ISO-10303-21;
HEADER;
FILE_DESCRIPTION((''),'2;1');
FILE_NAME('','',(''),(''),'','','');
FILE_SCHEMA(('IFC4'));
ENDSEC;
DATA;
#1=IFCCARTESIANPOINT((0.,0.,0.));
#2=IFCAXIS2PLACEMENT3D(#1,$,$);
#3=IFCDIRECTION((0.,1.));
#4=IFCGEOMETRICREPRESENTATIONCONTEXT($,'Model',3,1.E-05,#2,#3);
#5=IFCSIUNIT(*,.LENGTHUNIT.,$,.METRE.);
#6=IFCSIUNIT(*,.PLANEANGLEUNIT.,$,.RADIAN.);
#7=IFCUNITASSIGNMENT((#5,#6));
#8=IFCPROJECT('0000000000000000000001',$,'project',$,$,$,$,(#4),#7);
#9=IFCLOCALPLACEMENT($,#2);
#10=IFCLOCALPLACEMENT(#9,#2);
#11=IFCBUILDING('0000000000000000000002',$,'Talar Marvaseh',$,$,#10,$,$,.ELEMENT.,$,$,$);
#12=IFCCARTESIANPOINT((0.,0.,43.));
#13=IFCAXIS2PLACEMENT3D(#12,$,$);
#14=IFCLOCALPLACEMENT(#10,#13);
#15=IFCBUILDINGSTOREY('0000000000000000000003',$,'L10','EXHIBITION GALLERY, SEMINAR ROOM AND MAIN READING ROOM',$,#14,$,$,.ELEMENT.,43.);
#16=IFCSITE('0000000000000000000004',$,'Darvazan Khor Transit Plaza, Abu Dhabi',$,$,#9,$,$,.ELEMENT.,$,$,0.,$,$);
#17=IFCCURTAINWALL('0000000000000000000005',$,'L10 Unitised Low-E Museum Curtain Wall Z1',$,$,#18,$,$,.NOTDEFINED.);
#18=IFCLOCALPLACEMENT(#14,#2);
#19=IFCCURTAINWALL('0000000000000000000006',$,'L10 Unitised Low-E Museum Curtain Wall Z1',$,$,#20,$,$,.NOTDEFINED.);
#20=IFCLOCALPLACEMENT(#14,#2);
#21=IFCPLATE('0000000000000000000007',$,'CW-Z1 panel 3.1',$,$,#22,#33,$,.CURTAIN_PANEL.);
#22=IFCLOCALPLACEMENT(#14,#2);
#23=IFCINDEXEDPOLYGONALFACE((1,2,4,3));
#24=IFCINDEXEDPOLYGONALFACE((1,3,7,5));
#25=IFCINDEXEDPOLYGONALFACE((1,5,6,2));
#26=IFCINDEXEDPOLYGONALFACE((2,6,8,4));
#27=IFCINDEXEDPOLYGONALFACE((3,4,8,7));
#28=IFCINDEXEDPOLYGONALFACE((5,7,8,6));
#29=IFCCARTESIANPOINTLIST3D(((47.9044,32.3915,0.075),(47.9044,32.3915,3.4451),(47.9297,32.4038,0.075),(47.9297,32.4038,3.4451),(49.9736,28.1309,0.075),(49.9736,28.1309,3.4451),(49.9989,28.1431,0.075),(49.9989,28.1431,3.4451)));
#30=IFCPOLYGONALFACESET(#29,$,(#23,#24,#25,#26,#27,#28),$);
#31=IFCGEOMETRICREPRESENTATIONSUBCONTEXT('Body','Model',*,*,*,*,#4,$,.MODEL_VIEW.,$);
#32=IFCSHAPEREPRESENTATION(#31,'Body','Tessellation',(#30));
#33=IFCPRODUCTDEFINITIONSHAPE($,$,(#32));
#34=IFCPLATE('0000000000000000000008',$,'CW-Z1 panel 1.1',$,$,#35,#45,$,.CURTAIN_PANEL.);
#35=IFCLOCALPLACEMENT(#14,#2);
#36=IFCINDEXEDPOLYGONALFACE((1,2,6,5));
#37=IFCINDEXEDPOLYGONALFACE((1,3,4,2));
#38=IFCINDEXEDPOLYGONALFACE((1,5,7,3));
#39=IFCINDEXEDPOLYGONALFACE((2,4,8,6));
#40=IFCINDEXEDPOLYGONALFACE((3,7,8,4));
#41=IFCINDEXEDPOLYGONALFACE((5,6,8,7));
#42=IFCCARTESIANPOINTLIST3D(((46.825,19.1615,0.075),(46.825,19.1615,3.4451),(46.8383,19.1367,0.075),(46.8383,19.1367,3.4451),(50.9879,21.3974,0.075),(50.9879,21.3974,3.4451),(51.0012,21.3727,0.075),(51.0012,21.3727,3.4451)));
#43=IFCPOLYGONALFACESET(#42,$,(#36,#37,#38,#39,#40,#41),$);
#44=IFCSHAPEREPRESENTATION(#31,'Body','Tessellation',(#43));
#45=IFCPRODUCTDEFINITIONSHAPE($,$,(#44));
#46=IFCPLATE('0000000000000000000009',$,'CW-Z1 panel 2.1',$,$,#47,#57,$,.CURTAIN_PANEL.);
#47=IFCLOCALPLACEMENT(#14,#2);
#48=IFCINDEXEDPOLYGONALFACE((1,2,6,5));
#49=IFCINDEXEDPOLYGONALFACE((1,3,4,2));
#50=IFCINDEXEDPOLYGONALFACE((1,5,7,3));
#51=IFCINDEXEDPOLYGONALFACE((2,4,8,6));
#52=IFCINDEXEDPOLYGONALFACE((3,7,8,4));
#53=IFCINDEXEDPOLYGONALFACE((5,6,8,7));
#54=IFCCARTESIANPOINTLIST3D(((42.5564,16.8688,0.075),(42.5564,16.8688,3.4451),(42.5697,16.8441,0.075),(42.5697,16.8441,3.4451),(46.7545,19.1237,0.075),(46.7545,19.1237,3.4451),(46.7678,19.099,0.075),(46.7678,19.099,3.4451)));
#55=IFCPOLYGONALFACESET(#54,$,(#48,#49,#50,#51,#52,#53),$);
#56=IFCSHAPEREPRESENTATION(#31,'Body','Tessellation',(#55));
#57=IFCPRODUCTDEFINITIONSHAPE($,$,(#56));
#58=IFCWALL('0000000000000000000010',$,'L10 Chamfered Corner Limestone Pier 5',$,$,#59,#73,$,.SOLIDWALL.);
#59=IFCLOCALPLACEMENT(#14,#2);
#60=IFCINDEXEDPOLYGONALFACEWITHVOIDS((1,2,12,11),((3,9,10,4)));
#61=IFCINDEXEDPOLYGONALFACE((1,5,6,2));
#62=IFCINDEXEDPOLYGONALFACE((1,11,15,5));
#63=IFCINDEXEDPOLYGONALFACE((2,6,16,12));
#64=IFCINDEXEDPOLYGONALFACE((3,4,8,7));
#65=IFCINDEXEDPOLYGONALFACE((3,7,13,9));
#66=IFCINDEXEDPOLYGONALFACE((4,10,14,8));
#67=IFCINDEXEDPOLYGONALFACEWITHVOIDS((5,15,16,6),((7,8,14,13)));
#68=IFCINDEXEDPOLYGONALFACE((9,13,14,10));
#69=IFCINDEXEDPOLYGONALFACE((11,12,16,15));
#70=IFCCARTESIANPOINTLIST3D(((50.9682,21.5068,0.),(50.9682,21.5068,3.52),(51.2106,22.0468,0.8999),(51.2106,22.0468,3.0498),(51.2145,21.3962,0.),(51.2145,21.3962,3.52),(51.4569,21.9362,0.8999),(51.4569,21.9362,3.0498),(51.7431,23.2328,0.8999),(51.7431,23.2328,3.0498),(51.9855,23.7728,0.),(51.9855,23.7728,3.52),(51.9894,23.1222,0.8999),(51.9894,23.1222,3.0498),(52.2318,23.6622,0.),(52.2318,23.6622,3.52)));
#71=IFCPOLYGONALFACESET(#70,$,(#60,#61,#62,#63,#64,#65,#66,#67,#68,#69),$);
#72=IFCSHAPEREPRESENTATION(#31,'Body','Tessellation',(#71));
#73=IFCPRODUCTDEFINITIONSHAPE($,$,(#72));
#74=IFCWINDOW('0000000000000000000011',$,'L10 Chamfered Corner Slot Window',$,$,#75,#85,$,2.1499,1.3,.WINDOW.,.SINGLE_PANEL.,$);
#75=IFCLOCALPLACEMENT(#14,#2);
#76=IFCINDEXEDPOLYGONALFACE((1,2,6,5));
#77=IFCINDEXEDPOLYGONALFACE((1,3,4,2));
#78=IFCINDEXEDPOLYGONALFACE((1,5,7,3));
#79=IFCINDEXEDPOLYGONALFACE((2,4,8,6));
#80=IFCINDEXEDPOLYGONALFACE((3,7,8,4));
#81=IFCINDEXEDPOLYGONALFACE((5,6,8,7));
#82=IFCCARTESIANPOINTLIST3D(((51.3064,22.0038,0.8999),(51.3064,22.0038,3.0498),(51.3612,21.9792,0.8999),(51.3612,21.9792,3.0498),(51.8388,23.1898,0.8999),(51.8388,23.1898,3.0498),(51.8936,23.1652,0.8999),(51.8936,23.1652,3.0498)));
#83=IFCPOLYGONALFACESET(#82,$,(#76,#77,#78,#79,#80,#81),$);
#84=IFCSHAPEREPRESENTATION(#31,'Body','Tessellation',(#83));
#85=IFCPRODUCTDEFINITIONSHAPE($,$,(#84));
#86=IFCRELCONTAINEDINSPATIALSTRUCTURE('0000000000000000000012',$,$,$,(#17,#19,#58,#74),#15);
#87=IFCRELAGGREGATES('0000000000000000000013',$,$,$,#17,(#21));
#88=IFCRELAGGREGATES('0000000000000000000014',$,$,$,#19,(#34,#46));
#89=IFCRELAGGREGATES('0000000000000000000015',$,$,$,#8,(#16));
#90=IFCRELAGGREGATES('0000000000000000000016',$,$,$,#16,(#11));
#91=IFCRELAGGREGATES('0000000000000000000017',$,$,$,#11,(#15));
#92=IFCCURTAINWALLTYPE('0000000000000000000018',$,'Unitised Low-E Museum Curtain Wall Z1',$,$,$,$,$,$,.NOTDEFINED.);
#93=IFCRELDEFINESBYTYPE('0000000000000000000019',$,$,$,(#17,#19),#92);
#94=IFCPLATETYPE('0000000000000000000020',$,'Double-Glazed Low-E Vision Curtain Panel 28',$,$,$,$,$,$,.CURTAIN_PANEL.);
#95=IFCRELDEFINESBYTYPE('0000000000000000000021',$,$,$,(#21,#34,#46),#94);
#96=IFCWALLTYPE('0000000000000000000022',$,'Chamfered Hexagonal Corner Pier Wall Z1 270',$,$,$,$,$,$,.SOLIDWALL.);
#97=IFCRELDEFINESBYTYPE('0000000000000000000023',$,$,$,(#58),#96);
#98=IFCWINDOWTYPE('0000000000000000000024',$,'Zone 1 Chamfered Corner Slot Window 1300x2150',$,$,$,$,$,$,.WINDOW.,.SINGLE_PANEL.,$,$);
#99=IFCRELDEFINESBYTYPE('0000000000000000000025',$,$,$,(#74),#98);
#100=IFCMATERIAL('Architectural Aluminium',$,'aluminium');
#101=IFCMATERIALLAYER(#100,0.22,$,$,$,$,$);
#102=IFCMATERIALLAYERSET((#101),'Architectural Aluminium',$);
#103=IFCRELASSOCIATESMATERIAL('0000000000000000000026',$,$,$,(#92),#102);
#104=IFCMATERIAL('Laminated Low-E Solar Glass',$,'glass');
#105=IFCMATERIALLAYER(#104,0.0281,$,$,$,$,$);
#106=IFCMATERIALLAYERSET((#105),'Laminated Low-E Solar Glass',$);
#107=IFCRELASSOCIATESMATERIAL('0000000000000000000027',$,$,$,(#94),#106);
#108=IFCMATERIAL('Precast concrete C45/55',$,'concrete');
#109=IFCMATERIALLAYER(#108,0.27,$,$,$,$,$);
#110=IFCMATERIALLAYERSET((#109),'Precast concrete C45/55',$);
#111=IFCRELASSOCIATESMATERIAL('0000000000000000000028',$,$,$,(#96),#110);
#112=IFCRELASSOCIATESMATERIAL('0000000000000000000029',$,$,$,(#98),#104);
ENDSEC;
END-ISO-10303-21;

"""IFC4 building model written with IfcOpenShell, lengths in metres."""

from ifc_helpers import new_model, si_unit, direction, frame, frame_2d, origin, origin_2d, place, context, subcontext, project, spatial, rectangle, extrude, source, transform, mapped, material, layer, layer_set, type_object, type_shapes, element, fill, aggregate, save


model = new_model("IFC4")

# Units and contexts
model_context = context("Model", 3, precision=1e-05, world=origin(), true_north=direction((0.0, 1.0)))
body_context = subcontext(model_context, "Body", "Model", "MODEL_VIEW")
ifc_project = project(units=[si_unit("LENGTHUNIT", "METRE"), si_unit("PLANEANGLEUNIT", "RADIAN")], contexts=[model_context])

# Site, building, storey
site_placement = place(None, origin())
site = spatial("IfcSite", under=ifc_project, at=site_placement, Name="Darvazan Khor Transit Plaza, Abu Dhabi", CompositionType="ELEMENT", RefElevation=0.0)
building_placement = place(site_placement, origin())
building = spatial("IfcBuilding", under=site, at=building_placement, Name="Talar Marvaseh", CompositionType="ELEMENT")
storey_placement = place(building_placement, frame((0.0, 0.0, 43.0)))
storey = spatial("IfcBuildingStorey", under=building, at=storey_placement, Name="L10", Description="EXHIBITION GALLERY, SEMINAR ROOM AND MAIN READING ROOM", CompositionType="ELEMENT", Elevation=43.0)

# Curtain walls
ifc_material_1 = material(Name="Architectural Aluminium", Category="aluminium")
ifc_layer_1 = layer(ifc_material_1, 0.22)
ifc_layer_set_1 = layer_set([ifc_layer_1], Name="Architectural Aluminium")
curtain_wall_type = type_object("IfcCurtainWallType", Name="Unitised Low-E Museum Curtain Wall Z1", PredefinedType="NOTDEFINED", material=ifc_layer_set_1)
curtain_wall_1_placement = place(storey_placement, origin())
curtain_wall_1 = element("IfcCurtainWall", 1, at=curtain_wall_1_placement, inside=storey, type_object=curtain_wall_type, Name="L10 Unitised Low-E Museum Curtain Wall Z1", PredefinedType="NOTDEFINED")
curtain_wall_2_placement = place(storey_placement, origin())
curtain_wall_2 = element("IfcCurtainWall", 2, at=curtain_wall_2_placement, inside=storey, type_object=curtain_wall_type, Name="L10 Unitised Low-E Museum Curtain Wall Z1", PredefinedType="NOTDEFINED")

# Plates
ifc_material_2 = material(Name="Laminated Low-E Solar Glass", Category="glass")
ifc_layer_2 = layer(ifc_material_2, 0.0281)
ifc_layer_set_2 = layer_set([ifc_layer_2], Name="Laminated Low-E Solar Glass")
plate_type = type_object("IfcPlateType", Name="Double-Glazed Low-E Vision Curtain Panel 28", PredefinedType="CURTAIN_PANEL", material=ifc_layer_set_2)
shared_shape_1 = source(origin(), body_context, "Body", "SweptSolid", [
    extrude(rectangle(XDim=4.7366, YDim=0.0281, at=origin_2d()), origin(), (0.0, 0.0, 1.0), 3.3701),
])
plate_1_placement = place(storey_placement, frame((48.9517, 30.2673, 0.075), z_axis=(0.0, 0.0, 1.0), x_axis=(0.436863, -0.899528, 0.0)))
plate_1 = element("IfcPlate", 3, at=plate_1_placement, type_object=plate_type, Name="CW-Z1 panel 3.1", PredefinedType="CURTAIN_PANEL", context=body_context, shape_type="MappedRepresentation", body=[
    mapped(shared_shape_1, transform((0.0, 0.0, 0.0), x_axis=(1.0, 0.0, 0.0), y_axis=(0.0, 1.0, 0.0), z_axis=(0.0, 0.0, 1.0), scale=1.0)),
])
aggregate(curtain_wall_1, [plate_1])
shared_shape_2 = source(origin(), body_context, "Body", "SweptSolid", [
    extrude(rectangle(XDim=4.7253, YDim=0.0281, at=origin_2d()), origin(), (0.0, 0.0, 1.0), 3.3701),
])
plate_2_placement = place(storey_placement, frame((48.9131, 20.2671, 0.075), z_axis=(0.0, 0.0, 1.0), x_axis=(-0.880963, -0.473185, 0.0)))
plate_2 = element("IfcPlate", 4, at=plate_2_placement, type_object=plate_type, Name="CW-Z1 panel 1.1", PredefinedType="CURTAIN_PANEL", context=body_context, shape_type="MappedRepresentation", body=[
    mapped(shared_shape_2, transform((0.0, 0.0, 0.0), x_axis=(1.0, 0.0, 0.0), y_axis=(0.0, 1.0, 0.0), z_axis=(0.0, 0.0, 1.0), scale=1.0)),
])
shared_shape_3 = source(origin(), body_context, "Body", "SweptSolid", [
    extrude(rectangle(XDim=4.7654, YDim=0.0281, at=origin_2d()), origin(), (0.0, 0.0, 1.0), 3.3701),
])
plate_3_placement = place(storey_placement, frame((44.6621, 17.9839, 0.075), z_axis=(0.0, 0.0, 1.0), x_axis=(-0.880963, -0.473185, 0.0)))
plate_3 = element("IfcPlate", 5, at=plate_3_placement, type_object=plate_type, Name="CW-Z1 panel 2.1", PredefinedType="CURTAIN_PANEL", context=body_context, shape_type="MappedRepresentation", body=[
    mapped(shared_shape_3, transform((0.0, 0.0, 0.0), x_axis=(1.0, 0.0, 0.0), y_axis=(0.0, 1.0, 0.0), z_axis=(0.0, 0.0, 1.0), scale=1.0)),
])
aggregate(curtain_wall_2, [plate_2, plate_3])

# Wall, opening, window
ifc_material_3 = material(Name="Precast concrete C45/55", Category="concrete")
ifc_layer_3 = layer(ifc_material_3, 0.27)
ifc_layer_set_3 = layer_set([ifc_layer_3], Name="Precast concrete C45/55")
wall_type = type_object("IfcWallType", Name="Chamfered Hexagonal Corner Pier Wall Z1 270", PredefinedType="SOLIDWALL", material=ifc_layer_set_3)
wall_placement = place(storey_placement, frame((52.1086, 23.7175, 0.0), z_axis=(0.0, 0.0, 1.0), x_axis=(-0.409555, -0.912285, 0.0)))
wall = element("IfcWall", 6, at=wall_placement, inside=storey, type_object=wall_type, Name="L10 Chamfered Corner Limestone Pier 5", PredefinedType="SOLIDWALL", context=body_context, shape_type="SweptSolid", body=[
    extrude(rectangle(XDim=2.4839, YDim=0.27, at=frame_2d((1.2419, 0.0))), origin(), (0.0, 0.0, 1.0), 3.52),
])
opening_placement = place(wall_placement, frame((0.592, 0.0, 0.8999)))
opening = element("IfcOpeningElement", 7, at=opening_placement, cuts=wall, PredefinedType="OPENING", context=body_context, shape_type="SweptSolid", body=[
    extrude(rectangle(XDim=1.3, YDim=2.1499, at=frame_2d((0.6499, 1.075))), frame((0.0, 0.145, 0.0), z_axis=(0.0, -1.0, 0.0), x_axis=(1.0, 0.0, 0.0)), (0.0, 0.0, 1.0), 0.29),
])
window_type = type_object("IfcWindowType", Name="Zone 1 Chamfered Corner Slot Window 1300x2150", PartitioningType="SINGLE_PANEL", PredefinedType="WINDOW", material=ifc_material_2)
shared_shape_4 = source(origin(), body_context, "Body", "SweptSolid", [
    extrude(rectangle(XDim=1.3, YDim=2.1499, at=frame_2d((0.6499, 1.075))), frame((0.0, 0.03, 0.0), z_axis=(0.0, -1.0, 0.0), x_axis=(1.0, 0.0, 0.0)), (0.0, 0.0, 1.0), 0.0601),
])
type_shapes(window_type, [shared_shape_4])
window_placement = place(opening_placement, origin())
window = element("IfcWindow", 8, at=window_placement, inside=storey, type_object=window_type, Name="L10 Chamfered Corner Slot Window", OverallHeight=2.1499, OverallWidth=1.3, PartitioningType="SINGLE_PANEL", PredefinedType="WINDOW", context=body_context, shape_type="MappedRepresentation", body=[
    mapped(shared_shape_4, transform((0.0, 0.0, 0.0), x_axis=(1.0, 0.0, 0.0), y_axis=(0.0, 1.0, 0.0), z_axis=(0.0, 0.0, 1.0), scale=1.0)),
])
fill(opening, window)

save(model, "model.ifc")
